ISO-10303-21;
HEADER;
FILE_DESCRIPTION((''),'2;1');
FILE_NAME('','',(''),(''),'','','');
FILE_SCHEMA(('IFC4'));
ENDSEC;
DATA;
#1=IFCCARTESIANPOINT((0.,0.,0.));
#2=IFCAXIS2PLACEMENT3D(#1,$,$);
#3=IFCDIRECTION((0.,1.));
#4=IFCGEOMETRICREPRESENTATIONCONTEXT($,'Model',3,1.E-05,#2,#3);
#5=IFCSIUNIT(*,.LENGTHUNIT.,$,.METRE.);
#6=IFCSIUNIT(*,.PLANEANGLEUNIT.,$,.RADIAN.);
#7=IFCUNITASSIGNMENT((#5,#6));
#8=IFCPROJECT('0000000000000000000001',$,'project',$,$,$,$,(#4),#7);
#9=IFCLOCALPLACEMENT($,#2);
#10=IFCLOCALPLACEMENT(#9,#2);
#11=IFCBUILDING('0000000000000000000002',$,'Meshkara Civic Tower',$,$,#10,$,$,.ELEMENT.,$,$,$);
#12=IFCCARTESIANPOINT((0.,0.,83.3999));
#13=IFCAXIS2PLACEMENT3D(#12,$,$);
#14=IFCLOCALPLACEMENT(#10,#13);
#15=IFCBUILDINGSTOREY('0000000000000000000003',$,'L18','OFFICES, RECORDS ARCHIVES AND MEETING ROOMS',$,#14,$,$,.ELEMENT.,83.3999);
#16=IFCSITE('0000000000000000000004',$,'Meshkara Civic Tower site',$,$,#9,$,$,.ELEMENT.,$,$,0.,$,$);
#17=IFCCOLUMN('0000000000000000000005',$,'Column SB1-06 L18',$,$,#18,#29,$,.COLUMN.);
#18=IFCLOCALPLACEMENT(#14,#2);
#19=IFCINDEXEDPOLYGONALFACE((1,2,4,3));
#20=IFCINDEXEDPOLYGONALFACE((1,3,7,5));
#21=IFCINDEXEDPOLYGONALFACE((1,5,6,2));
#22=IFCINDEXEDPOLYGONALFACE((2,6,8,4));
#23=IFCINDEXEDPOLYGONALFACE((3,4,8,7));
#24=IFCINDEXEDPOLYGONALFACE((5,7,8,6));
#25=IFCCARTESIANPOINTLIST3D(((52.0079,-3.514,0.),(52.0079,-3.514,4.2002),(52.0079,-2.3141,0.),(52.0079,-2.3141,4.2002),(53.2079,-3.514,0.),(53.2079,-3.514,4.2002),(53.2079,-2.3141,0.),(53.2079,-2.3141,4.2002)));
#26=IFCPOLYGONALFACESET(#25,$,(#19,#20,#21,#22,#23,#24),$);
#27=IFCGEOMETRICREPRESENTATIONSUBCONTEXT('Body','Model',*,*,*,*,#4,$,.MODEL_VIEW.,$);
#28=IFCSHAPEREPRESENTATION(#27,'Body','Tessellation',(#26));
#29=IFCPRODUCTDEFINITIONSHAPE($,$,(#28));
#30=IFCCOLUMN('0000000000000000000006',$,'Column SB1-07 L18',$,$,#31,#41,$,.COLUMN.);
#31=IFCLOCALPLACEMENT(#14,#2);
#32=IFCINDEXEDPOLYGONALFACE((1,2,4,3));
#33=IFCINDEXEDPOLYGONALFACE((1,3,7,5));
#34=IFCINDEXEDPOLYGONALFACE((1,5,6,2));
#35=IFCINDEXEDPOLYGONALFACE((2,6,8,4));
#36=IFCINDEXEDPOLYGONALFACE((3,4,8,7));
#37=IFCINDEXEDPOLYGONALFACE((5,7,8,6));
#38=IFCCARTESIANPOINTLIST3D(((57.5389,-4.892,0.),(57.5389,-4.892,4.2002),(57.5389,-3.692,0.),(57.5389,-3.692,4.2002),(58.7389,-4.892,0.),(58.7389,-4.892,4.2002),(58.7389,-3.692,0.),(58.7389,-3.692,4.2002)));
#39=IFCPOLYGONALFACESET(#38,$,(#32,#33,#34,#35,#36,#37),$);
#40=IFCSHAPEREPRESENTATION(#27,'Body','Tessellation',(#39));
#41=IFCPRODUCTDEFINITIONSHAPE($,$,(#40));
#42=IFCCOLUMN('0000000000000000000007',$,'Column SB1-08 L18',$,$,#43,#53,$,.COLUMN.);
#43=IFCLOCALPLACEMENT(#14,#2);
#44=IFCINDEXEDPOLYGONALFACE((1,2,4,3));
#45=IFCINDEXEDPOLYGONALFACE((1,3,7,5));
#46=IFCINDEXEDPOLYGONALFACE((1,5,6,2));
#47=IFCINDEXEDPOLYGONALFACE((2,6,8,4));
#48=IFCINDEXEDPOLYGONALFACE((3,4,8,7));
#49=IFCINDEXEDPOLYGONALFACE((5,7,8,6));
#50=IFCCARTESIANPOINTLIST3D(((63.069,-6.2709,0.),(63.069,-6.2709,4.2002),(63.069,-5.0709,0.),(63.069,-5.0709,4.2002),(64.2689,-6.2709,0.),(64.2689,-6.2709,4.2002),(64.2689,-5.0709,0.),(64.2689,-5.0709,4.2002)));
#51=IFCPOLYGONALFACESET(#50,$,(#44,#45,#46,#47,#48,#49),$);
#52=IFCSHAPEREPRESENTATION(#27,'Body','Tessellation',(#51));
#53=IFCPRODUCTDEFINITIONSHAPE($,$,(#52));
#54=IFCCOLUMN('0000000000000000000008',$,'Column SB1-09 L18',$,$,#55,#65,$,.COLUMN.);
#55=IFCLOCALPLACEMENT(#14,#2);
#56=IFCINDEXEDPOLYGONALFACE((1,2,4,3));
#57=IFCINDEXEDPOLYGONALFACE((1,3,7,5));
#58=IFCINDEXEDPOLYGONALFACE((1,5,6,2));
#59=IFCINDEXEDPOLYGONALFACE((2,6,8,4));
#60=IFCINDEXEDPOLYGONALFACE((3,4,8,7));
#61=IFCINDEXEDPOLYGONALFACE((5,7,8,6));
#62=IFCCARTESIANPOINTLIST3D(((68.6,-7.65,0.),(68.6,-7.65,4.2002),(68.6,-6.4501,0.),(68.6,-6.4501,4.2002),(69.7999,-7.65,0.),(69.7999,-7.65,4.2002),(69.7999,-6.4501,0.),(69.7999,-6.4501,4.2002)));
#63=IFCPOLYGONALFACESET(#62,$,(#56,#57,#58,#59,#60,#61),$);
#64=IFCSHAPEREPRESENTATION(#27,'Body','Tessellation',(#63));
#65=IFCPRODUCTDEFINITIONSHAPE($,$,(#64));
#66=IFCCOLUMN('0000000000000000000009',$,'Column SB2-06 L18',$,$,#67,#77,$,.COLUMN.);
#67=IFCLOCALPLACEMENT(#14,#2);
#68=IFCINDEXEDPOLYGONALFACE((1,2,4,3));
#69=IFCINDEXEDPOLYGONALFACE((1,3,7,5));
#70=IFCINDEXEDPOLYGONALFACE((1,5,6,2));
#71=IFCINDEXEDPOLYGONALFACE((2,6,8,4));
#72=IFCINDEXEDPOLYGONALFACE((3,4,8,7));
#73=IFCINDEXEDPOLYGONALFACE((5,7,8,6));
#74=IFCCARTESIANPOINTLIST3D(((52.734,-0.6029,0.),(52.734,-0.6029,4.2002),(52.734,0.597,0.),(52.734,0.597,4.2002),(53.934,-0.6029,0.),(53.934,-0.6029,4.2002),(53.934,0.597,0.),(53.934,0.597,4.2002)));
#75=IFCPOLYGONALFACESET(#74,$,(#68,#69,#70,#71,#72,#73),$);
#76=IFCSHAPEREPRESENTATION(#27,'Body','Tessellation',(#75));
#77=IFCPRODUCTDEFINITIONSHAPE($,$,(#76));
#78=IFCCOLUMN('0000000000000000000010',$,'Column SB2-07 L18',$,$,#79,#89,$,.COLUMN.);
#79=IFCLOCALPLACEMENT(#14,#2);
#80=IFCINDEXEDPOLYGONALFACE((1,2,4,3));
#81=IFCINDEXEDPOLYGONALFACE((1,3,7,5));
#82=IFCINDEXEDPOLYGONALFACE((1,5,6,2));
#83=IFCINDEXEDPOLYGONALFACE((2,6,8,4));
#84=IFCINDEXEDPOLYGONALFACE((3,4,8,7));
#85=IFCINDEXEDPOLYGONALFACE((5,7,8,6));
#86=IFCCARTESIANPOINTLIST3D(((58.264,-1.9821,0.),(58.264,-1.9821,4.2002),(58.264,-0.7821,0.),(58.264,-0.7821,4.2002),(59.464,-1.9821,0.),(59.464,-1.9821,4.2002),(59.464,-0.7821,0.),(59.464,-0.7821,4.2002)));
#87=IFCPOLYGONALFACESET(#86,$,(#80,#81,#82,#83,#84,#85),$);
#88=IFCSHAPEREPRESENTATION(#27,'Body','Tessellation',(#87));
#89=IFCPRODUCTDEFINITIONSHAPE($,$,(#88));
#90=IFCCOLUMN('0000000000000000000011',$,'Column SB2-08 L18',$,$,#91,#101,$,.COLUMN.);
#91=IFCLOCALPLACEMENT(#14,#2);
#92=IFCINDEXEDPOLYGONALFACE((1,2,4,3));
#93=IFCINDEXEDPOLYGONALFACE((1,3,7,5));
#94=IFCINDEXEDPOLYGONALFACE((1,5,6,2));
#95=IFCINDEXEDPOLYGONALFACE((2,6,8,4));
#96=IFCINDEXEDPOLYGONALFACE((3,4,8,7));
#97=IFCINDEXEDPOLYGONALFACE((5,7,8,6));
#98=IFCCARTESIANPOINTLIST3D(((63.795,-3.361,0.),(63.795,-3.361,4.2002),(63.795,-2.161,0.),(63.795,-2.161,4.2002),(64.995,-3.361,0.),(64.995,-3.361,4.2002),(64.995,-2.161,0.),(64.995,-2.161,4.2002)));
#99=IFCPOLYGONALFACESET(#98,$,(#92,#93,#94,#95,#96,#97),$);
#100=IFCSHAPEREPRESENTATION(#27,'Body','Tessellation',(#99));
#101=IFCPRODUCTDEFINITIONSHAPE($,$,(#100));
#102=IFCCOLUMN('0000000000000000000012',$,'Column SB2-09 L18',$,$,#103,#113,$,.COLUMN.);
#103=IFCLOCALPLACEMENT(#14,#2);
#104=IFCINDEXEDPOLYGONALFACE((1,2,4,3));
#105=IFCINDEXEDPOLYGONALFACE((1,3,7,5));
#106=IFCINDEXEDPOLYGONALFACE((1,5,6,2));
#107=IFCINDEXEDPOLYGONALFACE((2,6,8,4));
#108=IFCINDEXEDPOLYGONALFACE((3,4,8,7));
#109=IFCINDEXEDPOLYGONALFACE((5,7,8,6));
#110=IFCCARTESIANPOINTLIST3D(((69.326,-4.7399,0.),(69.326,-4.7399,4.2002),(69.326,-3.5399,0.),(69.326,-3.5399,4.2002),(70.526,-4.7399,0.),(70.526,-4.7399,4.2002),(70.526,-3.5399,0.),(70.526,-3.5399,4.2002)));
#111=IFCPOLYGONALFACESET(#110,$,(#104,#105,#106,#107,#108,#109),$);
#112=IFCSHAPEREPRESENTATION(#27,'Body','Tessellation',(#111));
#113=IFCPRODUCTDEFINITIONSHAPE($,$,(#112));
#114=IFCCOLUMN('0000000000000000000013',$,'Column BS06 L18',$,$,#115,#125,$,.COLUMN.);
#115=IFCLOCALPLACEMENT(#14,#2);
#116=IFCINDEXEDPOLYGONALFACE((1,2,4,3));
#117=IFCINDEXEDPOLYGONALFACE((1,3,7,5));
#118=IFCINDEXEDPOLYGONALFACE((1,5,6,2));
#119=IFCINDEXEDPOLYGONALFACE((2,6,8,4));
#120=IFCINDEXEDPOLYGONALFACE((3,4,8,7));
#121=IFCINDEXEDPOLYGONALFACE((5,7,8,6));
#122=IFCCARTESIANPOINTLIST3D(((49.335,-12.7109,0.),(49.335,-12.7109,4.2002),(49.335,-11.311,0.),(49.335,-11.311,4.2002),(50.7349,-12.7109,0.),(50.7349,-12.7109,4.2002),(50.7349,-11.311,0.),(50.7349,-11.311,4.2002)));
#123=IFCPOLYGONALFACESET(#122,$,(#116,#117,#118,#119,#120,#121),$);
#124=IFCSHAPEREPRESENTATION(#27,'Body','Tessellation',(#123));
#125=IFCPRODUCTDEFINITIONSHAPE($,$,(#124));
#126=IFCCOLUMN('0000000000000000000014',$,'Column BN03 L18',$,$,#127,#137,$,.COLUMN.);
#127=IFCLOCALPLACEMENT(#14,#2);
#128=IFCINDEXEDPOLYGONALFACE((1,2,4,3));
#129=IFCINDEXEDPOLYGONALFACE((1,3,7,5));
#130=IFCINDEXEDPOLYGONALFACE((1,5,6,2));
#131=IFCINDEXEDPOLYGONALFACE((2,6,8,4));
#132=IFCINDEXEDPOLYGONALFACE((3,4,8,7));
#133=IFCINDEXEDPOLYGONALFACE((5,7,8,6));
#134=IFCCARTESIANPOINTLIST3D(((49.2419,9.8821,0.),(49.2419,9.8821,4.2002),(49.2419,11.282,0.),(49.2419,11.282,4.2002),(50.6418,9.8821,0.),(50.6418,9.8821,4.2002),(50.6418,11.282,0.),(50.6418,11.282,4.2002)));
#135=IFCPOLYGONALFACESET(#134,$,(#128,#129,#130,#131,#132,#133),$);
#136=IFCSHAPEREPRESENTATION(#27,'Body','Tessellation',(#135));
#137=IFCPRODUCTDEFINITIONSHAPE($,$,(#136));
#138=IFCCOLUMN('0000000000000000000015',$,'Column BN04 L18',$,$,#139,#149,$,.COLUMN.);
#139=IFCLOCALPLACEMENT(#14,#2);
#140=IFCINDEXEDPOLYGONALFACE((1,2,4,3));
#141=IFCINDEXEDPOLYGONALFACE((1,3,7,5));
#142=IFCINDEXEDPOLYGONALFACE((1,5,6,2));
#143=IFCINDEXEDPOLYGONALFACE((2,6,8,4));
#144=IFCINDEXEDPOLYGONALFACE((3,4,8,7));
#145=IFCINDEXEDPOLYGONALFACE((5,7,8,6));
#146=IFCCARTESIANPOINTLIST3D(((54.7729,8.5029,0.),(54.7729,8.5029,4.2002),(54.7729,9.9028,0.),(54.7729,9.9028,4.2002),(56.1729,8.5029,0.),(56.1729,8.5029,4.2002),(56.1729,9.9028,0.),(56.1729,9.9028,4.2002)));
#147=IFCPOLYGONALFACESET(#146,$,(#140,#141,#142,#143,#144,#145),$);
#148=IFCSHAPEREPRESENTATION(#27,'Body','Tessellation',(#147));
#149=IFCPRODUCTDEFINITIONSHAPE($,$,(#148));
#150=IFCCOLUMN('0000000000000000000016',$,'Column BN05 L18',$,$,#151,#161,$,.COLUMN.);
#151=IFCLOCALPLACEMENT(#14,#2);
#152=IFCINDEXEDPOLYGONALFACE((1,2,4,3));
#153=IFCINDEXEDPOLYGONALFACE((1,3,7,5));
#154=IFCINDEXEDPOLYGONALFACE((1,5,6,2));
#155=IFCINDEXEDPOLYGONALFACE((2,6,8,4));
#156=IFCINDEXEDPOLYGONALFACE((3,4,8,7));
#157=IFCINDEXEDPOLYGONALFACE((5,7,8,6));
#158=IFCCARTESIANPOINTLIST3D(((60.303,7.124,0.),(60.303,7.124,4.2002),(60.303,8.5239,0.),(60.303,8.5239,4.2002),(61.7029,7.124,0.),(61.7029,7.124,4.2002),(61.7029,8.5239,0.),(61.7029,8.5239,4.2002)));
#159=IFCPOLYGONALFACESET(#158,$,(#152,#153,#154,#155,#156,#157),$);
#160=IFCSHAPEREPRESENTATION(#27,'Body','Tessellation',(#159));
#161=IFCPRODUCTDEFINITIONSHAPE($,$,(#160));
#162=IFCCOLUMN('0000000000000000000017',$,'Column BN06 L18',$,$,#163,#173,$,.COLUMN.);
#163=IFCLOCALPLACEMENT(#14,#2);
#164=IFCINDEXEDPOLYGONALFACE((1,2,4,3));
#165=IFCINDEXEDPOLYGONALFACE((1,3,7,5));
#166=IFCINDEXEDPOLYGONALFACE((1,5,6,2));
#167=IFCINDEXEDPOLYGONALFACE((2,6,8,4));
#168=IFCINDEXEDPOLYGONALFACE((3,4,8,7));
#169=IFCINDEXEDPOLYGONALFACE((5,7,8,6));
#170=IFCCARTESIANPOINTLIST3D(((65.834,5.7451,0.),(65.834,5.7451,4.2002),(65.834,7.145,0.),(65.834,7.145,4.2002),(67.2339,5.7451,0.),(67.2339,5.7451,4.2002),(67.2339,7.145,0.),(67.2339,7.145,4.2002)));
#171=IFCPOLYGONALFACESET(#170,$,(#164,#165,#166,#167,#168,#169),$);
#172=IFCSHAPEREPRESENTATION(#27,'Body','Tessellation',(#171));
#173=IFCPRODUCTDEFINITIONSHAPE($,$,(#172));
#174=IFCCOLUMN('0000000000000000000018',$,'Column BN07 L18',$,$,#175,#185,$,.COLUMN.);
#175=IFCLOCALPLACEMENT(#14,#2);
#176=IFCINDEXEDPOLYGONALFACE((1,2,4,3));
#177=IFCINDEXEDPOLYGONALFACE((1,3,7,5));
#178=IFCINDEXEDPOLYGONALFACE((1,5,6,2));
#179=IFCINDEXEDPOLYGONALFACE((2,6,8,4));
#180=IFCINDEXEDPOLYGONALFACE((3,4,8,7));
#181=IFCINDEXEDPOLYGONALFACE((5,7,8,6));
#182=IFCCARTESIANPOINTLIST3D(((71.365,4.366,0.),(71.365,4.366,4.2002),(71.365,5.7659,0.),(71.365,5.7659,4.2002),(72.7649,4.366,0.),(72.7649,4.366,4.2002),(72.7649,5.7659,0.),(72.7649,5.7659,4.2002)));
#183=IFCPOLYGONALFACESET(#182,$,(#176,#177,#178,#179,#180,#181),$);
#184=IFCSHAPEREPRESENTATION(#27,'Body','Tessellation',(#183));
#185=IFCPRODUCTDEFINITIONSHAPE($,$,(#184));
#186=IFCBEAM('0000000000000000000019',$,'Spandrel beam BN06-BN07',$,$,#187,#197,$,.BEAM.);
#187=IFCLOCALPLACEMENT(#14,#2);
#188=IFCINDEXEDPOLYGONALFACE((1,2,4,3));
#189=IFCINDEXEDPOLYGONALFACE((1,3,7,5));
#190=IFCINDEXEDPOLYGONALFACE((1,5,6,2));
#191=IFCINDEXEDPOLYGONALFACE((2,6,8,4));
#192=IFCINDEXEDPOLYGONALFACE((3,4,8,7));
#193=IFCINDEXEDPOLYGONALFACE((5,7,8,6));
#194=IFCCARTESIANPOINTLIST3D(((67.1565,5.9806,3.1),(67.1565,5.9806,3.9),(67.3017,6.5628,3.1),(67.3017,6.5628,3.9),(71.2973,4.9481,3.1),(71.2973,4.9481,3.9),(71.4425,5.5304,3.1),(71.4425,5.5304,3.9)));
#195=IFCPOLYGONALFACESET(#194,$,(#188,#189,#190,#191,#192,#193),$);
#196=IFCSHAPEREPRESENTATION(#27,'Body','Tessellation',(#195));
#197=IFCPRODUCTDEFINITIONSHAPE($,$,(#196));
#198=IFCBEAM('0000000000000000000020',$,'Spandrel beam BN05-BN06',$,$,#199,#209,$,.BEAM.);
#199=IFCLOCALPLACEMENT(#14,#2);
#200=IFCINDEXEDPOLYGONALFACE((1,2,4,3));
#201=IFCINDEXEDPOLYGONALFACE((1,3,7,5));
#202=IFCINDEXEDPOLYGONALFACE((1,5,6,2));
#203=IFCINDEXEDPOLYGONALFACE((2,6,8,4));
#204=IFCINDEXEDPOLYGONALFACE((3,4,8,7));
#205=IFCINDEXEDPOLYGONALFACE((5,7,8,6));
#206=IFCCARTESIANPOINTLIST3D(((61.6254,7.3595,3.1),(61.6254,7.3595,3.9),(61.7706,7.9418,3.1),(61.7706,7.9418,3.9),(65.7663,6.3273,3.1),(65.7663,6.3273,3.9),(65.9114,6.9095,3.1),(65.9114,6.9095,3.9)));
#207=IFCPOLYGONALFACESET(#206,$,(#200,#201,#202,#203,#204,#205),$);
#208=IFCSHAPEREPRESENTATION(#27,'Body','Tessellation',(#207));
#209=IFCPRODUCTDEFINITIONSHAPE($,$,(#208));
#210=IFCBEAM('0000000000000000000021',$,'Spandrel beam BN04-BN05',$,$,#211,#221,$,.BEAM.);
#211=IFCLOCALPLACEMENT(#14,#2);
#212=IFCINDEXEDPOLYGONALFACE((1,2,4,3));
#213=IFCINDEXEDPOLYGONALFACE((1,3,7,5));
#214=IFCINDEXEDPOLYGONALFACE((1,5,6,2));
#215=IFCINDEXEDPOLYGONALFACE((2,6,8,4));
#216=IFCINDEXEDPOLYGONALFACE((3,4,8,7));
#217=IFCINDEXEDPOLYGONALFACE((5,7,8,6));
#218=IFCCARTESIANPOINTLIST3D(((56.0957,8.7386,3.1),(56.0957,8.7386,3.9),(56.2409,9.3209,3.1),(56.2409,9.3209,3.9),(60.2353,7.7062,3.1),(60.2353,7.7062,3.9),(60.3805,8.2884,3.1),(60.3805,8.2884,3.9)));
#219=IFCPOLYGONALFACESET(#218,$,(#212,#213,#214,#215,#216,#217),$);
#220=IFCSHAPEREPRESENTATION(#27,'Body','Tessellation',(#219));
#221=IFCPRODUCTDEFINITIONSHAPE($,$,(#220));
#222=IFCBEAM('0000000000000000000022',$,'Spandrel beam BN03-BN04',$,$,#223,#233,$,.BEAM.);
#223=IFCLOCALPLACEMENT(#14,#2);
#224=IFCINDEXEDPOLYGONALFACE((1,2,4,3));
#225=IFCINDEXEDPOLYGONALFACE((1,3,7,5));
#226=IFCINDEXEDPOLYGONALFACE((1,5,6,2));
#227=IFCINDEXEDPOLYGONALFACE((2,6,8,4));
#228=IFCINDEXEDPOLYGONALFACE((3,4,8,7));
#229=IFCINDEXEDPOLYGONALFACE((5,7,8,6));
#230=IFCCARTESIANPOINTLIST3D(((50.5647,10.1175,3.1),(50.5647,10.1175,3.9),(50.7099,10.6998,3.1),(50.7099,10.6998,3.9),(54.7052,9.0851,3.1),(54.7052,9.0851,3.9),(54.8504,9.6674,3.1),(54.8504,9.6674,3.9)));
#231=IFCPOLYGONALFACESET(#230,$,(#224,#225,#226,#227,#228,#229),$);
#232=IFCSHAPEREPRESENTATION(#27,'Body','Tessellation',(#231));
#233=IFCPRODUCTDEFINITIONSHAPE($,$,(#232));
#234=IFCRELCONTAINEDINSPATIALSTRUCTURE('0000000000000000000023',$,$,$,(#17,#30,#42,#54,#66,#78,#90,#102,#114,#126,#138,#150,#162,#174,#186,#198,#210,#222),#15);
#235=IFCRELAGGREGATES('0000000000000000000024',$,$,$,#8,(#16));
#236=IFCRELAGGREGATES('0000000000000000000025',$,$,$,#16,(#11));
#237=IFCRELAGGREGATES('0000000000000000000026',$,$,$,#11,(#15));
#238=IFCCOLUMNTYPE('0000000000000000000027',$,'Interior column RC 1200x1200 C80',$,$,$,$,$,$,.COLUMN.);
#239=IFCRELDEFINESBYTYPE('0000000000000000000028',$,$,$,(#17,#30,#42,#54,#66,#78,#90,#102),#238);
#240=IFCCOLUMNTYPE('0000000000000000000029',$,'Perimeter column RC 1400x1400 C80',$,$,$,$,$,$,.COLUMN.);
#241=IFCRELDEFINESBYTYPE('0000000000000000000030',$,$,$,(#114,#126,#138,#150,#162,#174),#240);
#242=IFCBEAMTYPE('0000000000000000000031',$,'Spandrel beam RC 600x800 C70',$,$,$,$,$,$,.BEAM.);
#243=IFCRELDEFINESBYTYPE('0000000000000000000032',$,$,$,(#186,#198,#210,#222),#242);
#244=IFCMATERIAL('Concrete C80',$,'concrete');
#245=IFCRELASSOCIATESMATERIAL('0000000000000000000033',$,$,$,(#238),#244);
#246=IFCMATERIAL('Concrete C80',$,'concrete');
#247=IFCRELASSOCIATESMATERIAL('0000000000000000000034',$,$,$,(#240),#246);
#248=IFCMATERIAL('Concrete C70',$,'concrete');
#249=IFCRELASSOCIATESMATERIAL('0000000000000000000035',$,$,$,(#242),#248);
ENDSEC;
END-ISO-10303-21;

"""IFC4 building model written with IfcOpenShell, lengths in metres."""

from ifc_helpers import new_model, si_unit, direction, frame, origin, origin_2d, place, context, subcontext, project, spatial, rectangle, extrude, material, material_profile, profile_set, type_object, element, save


model = new_model("IFC4")

# Units and contexts
model_context = context("Model", 3, precision=1e-05, world=origin(), true_north=direction((0.0, 1.0)))
body_context = subcontext(model_context, "Body", "Model", "MODEL_VIEW")
ifc_project = project(units=[si_unit("LENGTHUNIT", "METRE"), si_unit("PLANEANGLEUNIT", "RADIAN")], contexts=[model_context])

# Site, building, storey
site_placement = place(None, origin())
site = spatial("IfcSite", under=ifc_project, at=site_placement, Name="Meshkara Civic Tower site", CompositionType="ELEMENT", RefElevation=0.0)
building_placement = place(site_placement, origin())
building = spatial("IfcBuilding", under=site, at=building_placement, Name="Meshkara Civic Tower", CompositionType="ELEMENT")
storey_placement = place(building_placement, frame((0.0, 0.0, 83.3999)))
storey = spatial("IfcBuildingStorey", under=building, at=storey_placement, Name="L18", Description="OFFICES, RECORDS ARCHIVES AND MEETING ROOMS", CompositionType="ELEMENT", Elevation=83.3999)

# Columns
ifc_material_1 = material(Name="Concrete C80", Category="concrete")
ifc_material_profile_1 = material_profile(ifc_material_1, rectangle(XDim=1.2, YDim=1.2, at=origin_2d()))
ifc_profile_set_1 = profile_set([ifc_material_profile_1], Name="Concrete C80")
column_type_1 = type_object("IfcColumnType", Name="Interior column RC 1200x1200 C80", PredefinedType="COLUMN", material=ifc_profile_set_1)
for number, where, z_axis, x_axis, name in (
    (1, (52.6079, -2.9141, 0.0), (0.0, 0.0, 1.0), (1.0, 0.0, 0.0), "Column SB1-06 L18"),
    (2, (58.1389, -4.292, 0.0), (0.0, 0.0, 1.0), (1.0, 0.0, 0.0), "Column SB1-07 L18"),
    (3, (63.6689, -5.6709, 0.0), (0.0, 0.0, 1.0), (1.0, 0.0, 0.0), "Column SB1-08 L18"),
    (4, (69.2, -7.05, 0.0), (0.0, 0.0, 1.0), (1.0, 0.0, 0.0), "Column SB1-09 L18"),
    (5, (53.334, -0.0029, 0.0), (0.0, 0.0, 1.0), (1.0, 0.0, 0.0), "Column SB2-06 L18"),
    (6, (58.864, -1.3821, 0.0), (0.0, 0.0, 1.0), (1.0, 0.0, 0.0), "Column SB2-07 L18"),
    (7, (64.395, -2.761, 0.0), (0.0, 0.0, 1.0), (1.0, 0.0, 0.0), "Column SB2-08 L18"),
    (8, (69.926, -4.1399, 0.0), (0.0, 0.0, 1.0), (1.0, 0.0, 0.0), "Column SB2-09 L18"),
):
    element("IfcColumn", number, at=place(storey_placement, frame(where, z_axis=z_axis, x_axis=x_axis)), inside=storey, type_object=column_type_1, Name=name, PredefinedType="COLUMN", context=body_context, shape_type="SweptSolid", body=[
        extrude(rectangle(XDim=1.2, YDim=1.2, at=origin_2d()), origin(), (0.0, 0.0, 1.0), 4.2002),
    ])
ifc_material_2 = material(Name="Concrete C80", Category="concrete")
ifc_material_profile_2 = material_profile(ifc_material_2, rectangle(XDim=1.3999, YDim=1.3999, at=origin_2d()))
ifc_profile_set_2 = profile_set([ifc_material_profile_2], Name="Concrete C80")
column_type_2 = type_object("IfcColumnType", Name="Perimeter column RC 1400x1400 C80", PredefinedType="COLUMN", material=ifc_profile_set_2)
for number, where, z_axis, x_axis, name in (
    (9, (50.0349, -12.011, 0.0), (0.0, 0.0, 1.0), (1.0, 0.0, 0.0), "Column BS06 L18"),
    (10, (49.9419, 10.582, 0.0), (0.0, 0.0, 1.0), (1.0, 0.0, 0.0), "Column BN03 L18"),
    (11, (55.4729, 9.2029, 0.0), (0.0, 0.0, 1.0), (1.0, 0.0, 0.0), "Column BN04 L18"),
    (12, (61.0029, 7.824, 0.0), (0.0, 0.0, 1.0), (1.0, 0.0, 0.0), "Column BN05 L18"),
    (13, (66.5339, 6.4451, 0.0), (0.0, 0.0, 1.0), (1.0, 0.0, 0.0), "Column BN06 L18"),
    (14, (72.0649, 5.0659, 0.0), (0.0, 0.0, 1.0), (1.0, 0.0, 0.0), "Column BN07 L18"),
):
    element("IfcColumn", number, at=place(storey_placement, frame(where, z_axis=z_axis, x_axis=x_axis)), inside=storey, type_object=column_type_2, Name=name, PredefinedType="COLUMN", context=body_context, shape_type="SweptSolid", body=[
        extrude(rectangle(XDim=1.3999, YDim=1.3999, at=origin_2d()), origin(), (0.0, 0.0, 1.0), 4.2002),
    ])

# Beams
ifc_material_3 = material(Name="Concrete C70", Category="concrete")
ifc_material_profile_3 = material_profile(ifc_material_3, rectangle(XDim=0.6001, YDim=0.8, at=origin_2d()))
ifc_profile_set_3 = profile_set([ifc_material_profile_3], Name="Concrete C70")
beam_type = type_object("IfcBeamType", Name="Spandrel beam RC 600x800 C70", PredefinedType="BEAM", material=ifc_profile_set_3)
for number, where, z_axis, x_axis, name in (
    (15, (71.3699, 5.2393, 3.5), (-0.970294, 0.24193, 0.0), (-0.24193, -0.970294, 0.0), "Spandrel beam BN06-BN07"),
    (16, (65.8389, 6.6184, 3.5), (-0.970307, 0.241876, 0.0), (-0.241876, -0.970307, 0.0), "Spandrel beam BN05-BN06"),
):
    element("IfcBeam", number, at=place(storey_placement, frame(where, z_axis=z_axis, x_axis=x_axis)), inside=storey, type_object=beam_type, Name=name, PredefinedType="BEAM", context=body_context, shape_type="SweptSolid", body=[
        extrude(rectangle(XDim=0.6001, YDim=0.8, at=origin_2d()), origin(), (0.0, 0.0, 1.0), 4.2676),
    ])
beam_1_placement = place(storey_placement, frame((60.3079, 7.9973, 3.5), z_axis=(-0.970277, 0.241997, 0.0), x_axis=(-0.241997, -0.970277, 0.0)))
element("IfcBeam", 17, at=beam_1_placement, inside=storey, type_object=beam_type, Name="Spandrel beam BN04-BN05", PredefinedType="BEAM", context=body_context, shape_type="SweptSolid", body=[
    extrude(rectangle(XDim=0.6001, YDim=0.8, at=origin_2d()), origin(), (0.0, 0.0, 1.0), 4.2664),
])
beam_2_placement = place(storey_placement, frame((54.7778, 9.3762, 3.5), z_axis=(-0.97029, 0.241943, 0.0), x_axis=(-0.241943, -0.97029, 0.0)))
element("IfcBeam", 18, at=beam_2_placement, inside=storey, type_object=beam_type, Name="Spandrel beam BN03-BN04", PredefinedType="BEAM", context=body_context, shape_type="SweptSolid", body=[
    extrude(rectangle(XDim=0.6001, YDim=0.8, at=origin_2d()), origin(), (0.0, 0.0, 1.0), 4.2673),
])

save(model, "model.ifc")
